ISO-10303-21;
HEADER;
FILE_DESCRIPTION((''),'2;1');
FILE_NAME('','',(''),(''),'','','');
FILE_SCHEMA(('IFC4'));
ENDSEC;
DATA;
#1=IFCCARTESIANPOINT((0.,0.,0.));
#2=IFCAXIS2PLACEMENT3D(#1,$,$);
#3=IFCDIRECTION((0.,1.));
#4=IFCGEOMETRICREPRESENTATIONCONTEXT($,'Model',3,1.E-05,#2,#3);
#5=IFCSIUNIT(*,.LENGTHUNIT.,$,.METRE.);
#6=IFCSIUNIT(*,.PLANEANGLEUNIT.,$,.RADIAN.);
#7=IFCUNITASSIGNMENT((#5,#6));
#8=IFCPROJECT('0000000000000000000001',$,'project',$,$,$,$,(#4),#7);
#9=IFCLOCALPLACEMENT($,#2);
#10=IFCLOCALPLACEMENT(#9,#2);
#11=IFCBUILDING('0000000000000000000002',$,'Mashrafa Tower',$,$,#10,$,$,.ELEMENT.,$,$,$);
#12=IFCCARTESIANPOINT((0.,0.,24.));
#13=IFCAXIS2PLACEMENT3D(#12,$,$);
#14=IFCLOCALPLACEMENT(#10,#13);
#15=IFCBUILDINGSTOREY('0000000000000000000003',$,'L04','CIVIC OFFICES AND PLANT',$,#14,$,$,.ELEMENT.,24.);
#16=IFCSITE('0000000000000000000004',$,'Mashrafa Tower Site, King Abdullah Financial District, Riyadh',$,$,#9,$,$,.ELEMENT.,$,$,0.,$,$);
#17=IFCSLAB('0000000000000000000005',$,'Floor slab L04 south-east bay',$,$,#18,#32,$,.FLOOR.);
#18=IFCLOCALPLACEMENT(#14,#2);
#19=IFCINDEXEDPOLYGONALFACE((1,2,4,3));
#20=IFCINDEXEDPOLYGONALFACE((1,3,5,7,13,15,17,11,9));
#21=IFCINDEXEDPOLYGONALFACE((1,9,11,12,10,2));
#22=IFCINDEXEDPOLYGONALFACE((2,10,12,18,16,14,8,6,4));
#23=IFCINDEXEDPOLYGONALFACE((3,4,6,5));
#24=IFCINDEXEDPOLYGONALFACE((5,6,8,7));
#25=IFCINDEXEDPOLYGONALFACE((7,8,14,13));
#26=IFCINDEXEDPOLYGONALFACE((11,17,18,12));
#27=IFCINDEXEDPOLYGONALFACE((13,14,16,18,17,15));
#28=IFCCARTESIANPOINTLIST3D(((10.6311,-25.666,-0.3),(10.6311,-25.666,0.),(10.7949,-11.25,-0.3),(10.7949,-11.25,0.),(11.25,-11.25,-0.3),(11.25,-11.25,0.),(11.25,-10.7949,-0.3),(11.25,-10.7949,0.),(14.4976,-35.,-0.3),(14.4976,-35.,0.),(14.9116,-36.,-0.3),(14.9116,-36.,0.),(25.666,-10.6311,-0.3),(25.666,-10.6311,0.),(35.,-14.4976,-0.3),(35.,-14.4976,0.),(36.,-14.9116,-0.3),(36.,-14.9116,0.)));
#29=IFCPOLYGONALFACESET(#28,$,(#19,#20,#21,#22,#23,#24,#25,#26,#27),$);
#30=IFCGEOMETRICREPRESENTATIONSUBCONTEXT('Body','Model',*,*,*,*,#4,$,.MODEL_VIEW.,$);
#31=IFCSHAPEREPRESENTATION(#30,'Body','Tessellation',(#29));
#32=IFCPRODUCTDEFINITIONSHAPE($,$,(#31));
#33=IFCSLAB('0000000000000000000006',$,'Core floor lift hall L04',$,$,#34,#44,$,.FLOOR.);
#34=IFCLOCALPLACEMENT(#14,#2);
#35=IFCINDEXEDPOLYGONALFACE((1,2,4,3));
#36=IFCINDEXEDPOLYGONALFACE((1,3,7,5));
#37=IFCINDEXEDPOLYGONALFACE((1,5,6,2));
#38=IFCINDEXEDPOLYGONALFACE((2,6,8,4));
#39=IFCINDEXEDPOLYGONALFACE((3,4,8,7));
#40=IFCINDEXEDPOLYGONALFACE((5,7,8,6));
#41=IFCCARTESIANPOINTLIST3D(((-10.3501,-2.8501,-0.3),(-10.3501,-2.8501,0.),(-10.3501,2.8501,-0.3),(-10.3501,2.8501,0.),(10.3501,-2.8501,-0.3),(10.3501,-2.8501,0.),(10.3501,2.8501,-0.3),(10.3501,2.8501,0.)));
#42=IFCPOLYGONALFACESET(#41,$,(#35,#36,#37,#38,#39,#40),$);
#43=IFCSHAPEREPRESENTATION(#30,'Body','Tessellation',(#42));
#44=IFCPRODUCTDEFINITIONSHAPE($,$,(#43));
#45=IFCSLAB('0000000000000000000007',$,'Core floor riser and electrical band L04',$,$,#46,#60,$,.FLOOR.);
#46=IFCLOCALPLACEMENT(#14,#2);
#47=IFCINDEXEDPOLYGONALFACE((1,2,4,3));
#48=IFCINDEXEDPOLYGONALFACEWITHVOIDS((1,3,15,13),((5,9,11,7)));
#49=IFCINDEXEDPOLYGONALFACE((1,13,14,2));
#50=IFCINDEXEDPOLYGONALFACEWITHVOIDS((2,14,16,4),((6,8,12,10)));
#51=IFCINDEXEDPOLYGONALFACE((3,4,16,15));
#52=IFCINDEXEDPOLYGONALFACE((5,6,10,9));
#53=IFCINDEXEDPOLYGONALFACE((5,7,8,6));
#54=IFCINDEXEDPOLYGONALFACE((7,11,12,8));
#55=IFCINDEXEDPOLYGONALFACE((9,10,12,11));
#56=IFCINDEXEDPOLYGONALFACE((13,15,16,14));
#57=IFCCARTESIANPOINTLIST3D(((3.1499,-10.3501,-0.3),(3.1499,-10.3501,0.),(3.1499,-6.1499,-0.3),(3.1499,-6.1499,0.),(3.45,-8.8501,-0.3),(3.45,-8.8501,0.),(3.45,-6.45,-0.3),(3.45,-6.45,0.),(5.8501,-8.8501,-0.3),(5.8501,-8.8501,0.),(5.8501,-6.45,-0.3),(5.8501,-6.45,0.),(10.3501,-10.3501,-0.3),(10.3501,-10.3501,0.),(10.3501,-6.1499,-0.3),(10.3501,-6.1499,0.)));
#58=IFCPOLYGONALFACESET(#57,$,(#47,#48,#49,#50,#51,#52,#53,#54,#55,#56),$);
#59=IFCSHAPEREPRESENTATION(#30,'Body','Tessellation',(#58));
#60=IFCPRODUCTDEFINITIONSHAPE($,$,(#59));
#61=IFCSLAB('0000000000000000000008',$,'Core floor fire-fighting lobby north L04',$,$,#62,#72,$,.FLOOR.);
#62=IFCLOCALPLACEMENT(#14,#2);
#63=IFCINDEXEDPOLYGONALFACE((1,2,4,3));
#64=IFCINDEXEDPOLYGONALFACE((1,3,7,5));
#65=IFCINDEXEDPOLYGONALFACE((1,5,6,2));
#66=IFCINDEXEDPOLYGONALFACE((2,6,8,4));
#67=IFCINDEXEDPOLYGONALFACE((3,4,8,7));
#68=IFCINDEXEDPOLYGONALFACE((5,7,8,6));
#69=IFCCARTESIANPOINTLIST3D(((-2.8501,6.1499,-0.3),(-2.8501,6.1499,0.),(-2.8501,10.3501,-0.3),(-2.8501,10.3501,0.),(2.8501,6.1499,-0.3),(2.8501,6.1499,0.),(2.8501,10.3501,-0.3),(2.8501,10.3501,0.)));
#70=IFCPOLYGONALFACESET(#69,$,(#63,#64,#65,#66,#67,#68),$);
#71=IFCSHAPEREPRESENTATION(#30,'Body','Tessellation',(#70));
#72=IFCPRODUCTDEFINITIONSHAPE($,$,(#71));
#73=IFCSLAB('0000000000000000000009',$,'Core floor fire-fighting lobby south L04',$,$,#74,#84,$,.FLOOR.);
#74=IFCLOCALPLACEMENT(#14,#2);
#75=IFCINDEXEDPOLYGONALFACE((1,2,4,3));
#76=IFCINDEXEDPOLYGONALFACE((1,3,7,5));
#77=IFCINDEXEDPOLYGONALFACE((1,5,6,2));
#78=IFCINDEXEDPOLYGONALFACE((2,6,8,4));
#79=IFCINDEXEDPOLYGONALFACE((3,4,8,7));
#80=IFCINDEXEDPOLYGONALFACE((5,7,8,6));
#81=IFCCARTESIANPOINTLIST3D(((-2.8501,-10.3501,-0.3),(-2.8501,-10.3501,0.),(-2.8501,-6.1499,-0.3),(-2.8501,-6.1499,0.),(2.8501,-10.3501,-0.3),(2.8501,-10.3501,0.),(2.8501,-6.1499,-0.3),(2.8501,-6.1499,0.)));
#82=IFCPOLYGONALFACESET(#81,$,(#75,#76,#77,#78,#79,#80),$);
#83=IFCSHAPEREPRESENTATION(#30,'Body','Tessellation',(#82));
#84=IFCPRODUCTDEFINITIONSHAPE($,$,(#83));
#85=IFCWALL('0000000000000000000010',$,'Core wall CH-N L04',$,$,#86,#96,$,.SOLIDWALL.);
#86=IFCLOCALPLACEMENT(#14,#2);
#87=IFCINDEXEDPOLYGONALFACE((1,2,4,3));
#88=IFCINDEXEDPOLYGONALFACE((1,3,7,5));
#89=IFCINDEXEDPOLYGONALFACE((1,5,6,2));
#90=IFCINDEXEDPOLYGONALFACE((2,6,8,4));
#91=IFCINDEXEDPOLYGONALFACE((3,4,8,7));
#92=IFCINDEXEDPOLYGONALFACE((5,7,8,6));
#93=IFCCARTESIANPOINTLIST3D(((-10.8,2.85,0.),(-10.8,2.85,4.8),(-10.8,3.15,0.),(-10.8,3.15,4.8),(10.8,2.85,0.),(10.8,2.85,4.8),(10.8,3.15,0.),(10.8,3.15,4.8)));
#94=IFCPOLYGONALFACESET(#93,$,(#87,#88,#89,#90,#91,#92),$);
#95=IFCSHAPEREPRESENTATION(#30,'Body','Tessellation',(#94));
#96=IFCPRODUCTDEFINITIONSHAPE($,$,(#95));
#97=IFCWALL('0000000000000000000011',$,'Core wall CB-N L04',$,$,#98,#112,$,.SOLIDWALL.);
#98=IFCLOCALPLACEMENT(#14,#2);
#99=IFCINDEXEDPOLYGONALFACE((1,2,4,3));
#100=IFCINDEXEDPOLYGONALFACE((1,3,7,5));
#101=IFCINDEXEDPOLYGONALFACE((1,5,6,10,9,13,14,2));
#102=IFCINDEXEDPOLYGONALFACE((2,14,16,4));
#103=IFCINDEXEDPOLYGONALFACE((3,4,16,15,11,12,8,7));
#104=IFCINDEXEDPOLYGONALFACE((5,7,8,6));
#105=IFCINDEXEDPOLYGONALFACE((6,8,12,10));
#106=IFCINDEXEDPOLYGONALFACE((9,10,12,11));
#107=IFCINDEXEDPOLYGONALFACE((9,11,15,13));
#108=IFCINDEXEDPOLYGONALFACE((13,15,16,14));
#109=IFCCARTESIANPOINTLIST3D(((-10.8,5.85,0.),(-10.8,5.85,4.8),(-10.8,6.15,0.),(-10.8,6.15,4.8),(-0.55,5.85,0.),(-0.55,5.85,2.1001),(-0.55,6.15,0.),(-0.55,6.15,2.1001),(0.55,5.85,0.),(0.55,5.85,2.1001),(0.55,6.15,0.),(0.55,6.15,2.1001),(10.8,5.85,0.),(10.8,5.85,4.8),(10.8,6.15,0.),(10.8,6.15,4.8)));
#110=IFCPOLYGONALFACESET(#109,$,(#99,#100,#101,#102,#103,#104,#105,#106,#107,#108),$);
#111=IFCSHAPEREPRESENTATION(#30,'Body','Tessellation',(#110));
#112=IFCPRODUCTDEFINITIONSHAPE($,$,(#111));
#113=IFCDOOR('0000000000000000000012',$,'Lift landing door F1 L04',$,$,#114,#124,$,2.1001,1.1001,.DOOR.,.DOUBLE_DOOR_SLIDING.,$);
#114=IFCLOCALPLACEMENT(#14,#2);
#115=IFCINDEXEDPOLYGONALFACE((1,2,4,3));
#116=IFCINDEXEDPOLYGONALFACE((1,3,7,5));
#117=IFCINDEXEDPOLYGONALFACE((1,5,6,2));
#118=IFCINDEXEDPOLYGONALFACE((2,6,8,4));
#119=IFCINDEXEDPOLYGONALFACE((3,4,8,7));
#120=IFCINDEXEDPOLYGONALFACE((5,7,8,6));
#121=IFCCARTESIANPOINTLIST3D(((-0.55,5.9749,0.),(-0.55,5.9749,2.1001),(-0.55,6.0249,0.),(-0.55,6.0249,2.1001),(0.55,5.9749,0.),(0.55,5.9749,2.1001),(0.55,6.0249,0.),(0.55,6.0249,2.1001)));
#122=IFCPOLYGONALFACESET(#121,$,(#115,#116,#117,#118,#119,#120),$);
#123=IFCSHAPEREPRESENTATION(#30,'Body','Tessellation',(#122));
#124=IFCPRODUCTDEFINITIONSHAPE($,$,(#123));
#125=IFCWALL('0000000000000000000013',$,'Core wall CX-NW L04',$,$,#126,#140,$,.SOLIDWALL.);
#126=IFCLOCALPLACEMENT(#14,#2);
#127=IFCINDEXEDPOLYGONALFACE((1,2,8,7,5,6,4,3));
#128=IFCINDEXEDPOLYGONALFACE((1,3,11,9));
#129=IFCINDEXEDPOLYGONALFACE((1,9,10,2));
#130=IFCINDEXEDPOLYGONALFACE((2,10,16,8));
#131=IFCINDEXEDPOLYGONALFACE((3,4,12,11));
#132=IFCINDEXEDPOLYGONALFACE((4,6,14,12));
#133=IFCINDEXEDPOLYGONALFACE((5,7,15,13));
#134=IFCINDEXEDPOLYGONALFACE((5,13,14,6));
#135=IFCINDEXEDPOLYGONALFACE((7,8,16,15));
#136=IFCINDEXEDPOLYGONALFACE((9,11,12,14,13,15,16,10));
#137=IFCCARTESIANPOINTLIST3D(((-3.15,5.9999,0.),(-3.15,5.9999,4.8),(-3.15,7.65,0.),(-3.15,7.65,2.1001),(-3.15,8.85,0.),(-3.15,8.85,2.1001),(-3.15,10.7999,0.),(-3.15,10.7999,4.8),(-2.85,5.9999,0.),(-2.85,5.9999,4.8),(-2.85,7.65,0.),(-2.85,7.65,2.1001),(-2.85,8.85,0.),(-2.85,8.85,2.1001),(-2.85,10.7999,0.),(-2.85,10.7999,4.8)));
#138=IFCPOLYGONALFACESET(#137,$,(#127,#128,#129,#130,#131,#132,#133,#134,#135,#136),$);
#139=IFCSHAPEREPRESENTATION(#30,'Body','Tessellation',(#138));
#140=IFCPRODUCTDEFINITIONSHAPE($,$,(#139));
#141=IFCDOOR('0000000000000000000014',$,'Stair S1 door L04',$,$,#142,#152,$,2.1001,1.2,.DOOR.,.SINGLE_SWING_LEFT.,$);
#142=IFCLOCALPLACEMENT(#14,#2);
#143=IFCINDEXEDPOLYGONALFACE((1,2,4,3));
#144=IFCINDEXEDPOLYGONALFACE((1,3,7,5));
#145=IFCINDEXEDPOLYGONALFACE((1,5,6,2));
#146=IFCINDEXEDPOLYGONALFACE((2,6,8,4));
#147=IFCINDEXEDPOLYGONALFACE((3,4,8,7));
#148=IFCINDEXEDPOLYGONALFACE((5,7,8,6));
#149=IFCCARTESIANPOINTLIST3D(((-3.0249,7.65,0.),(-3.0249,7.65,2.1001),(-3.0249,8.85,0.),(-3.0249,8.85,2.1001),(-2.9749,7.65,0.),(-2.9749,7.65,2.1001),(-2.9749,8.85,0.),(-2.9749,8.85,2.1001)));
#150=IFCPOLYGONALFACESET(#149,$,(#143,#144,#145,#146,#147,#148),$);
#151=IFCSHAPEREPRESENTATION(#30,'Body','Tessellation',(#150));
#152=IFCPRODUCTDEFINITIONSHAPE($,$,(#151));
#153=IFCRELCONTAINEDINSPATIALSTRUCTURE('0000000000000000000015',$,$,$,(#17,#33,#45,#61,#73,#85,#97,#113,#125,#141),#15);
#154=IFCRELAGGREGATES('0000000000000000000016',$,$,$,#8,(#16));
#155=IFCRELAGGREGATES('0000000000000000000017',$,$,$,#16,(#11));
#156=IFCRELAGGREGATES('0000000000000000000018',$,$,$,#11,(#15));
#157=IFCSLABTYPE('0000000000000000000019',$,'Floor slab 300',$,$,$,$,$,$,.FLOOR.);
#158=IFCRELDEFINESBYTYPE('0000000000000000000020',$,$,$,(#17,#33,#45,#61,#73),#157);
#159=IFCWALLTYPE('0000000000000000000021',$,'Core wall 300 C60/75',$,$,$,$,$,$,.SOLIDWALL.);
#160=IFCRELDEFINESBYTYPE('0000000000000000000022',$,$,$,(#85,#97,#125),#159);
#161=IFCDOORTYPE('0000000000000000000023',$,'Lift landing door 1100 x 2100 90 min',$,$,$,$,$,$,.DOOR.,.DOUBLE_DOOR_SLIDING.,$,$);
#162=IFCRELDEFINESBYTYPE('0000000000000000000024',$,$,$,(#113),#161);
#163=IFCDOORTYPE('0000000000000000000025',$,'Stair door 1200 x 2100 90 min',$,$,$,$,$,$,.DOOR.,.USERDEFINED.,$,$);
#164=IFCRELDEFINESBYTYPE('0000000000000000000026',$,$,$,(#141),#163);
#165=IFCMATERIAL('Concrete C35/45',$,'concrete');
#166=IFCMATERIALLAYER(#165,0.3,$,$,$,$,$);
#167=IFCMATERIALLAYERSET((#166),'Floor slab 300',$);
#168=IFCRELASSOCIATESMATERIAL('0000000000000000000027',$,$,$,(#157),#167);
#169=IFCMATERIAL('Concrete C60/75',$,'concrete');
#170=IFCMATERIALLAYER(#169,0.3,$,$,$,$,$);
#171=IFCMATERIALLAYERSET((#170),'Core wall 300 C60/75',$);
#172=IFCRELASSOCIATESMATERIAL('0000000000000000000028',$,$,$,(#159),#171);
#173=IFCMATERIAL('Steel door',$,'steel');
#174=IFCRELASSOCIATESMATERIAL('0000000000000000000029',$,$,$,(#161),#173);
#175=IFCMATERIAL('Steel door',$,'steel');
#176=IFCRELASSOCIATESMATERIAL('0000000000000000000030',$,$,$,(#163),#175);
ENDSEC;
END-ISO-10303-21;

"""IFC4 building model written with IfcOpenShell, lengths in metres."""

from ifc_helpers import new_model, si_unit, direction, frame, frame_2d, origin, place, context, subcontext, project, spatial, polyline, rectangle, outline, extrude, material, layer, layer_set, type_object, element, fill, save


model = new_model("IFC4")

# Units and contexts
model_context = context("Model", 3, precision=1e-05, world=origin(), true_north=direction((0.0, 1.0)))
body_context = subcontext(model_context, "Body", "Model", "MODEL_VIEW")
ifc_project = project(units=[si_unit("LENGTHUNIT", "METRE"), si_unit("PLANEANGLEUNIT", "RADIAN")], contexts=[model_context])

# Site, building, storey
site_placement = place(None, origin())
site = spatial("IfcSite", under=ifc_project, at=site_placement, Name="Mashrafa Tower Site, King Abdullah Financial District, Riyadh", CompositionType="ELEMENT", RefElevation=0.0)
building_placement = place(site_placement, origin())
building = spatial("IfcBuilding", under=site, at=building_placement, Name="Mashrafa Tower", CompositionType="ELEMENT")
storey_placement = place(building_placement, frame((0.0, 0.0, 24.0)))
storey = spatial("IfcBuildingStorey", under=building, at=storey_placement, Name="L04", Description="CIVIC OFFICES AND PLANT", CompositionType="ELEMENT", Elevation=24.0)

# Slabs
ifc_material_1 = material(Name="Concrete C35/45", Category="concrete")
ifc_layer_1 = layer(ifc_material_1, 0.3)
ifc_layer_set_1 = layer_set([ifc_layer_1], Name="Floor slab 300")
slab_type = type_object("IfcSlabType", Name="Floor slab 300", PredefinedType="FLOOR", material=ifc_layer_set_1)
slab_1_placement = place(storey_placement, frame((0.0, 0.0, -0.3)))
element("IfcSlab", 1, at=slab_1_placement, inside=storey, type_object=slab_type, Name="Floor slab L04 south-east bay", PredefinedType="FLOOR", context=body_context, shape_type="SweptSolid", body=[
    extrude(outline(polyline([(14.9116, -36.0), (14.4976, -35.0), (10.6311, -25.666), (10.7949, -11.25), (11.25, -11.25), (11.25, -10.7949), (25.666, -10.6311), (35.0, -14.4976), (36.0, -14.9116), (14.9116, -36.0)])), origin(), (0.0, 0.0, 1.0), 0.3),
])
slab_2_placement = place(storey_placement, frame((0.0, 0.0, -0.3)))
element("IfcSlab", 2, at=slab_2_placement, inside=storey, type_object=slab_type, Name="Core floor lift hall L04", PredefinedType="FLOOR", context=body_context, shape_type="SweptSolid", body=[
    extrude(outline(polyline([(-10.3501, 2.8501), (10.3501, 2.8501), (10.3501, -2.8501), (-10.3501, -2.8501), (-10.3501, 2.8501)])), origin(), (0.0, 0.0, 1.0), 0.3),
])
slab_3_placement = place(storey_placement, frame((0.0, 0.0, -0.3)))
element("IfcSlab", 3, at=slab_3_placement, inside=storey, type_object=slab_type, Name="Core floor riser and electrical band L04", PredefinedType="FLOOR", context=body_context, shape_type="SweptSolid", body=[
    extrude(outline(polyline([(10.3501, -6.1499), (10.3501, -10.3501), (3.1499, -10.3501), (3.1499, -6.1499), (10.3501, -6.1499)]), holes=[polyline([(3.45, -8.8501), (5.8501, -8.8501), (5.8501, -6.45), (3.45, -6.45), (3.45, -8.8501)])]), origin(), (0.0, 0.0, 1.0), 0.3),
])
slab_4_placement = place(storey_placement, frame((0.0, 0.0, -0.3)))
element("IfcSlab", 4, at=slab_4_placement, inside=storey, type_object=slab_type, Name="Core floor fire-fighting lobby north L04", PredefinedType="FLOOR", context=body_context, shape_type="SweptSolid", body=[
    extrude(outline(polyline([(-2.8501, 10.3501), (2.8501, 10.3501), (2.8501, 6.1499), (-2.8501, 6.1499), (-2.8501, 10.3501)])), origin(), (0.0, 0.0, 1.0), 0.3),
])
slab_5_placement = place(storey_placement, frame((0.0, 0.0, -0.3)))
element("IfcSlab", 5, at=slab_5_placement, inside=storey, type_object=slab_type, Name="Core floor fire-fighting lobby south L04", PredefinedType="FLOOR", context=body_context, shape_type="SweptSolid", body=[
    extrude(outline(polyline([(2.8501, -6.1499), (2.8501, -10.3501), (-2.8501, -10.3501), (-2.8501, -6.1499), (2.8501, -6.1499)])), origin(), (0.0, 0.0, 1.0), 0.3),
])

# Wall
ifc_material_2 = material(Name="Concrete C60/75", Category="concrete")
ifc_layer_2 = layer(ifc_material_2, 0.3)
ifc_layer_set_2 = layer_set([ifc_layer_2], Name="Core wall 300 C60/75")
wall_type_1 = type_object("IfcWallType", Name="Core wall 300 C60/75", PredefinedType="SOLIDWALL", material=ifc_layer_set_2)
wall_1_placement = place(storey_placement, frame((-10.8, 3.0, 0.0), z_axis=(0.0, 0.0, 1.0), x_axis=(1.0, 0.0, 0.0)))
element("IfcWall", 6, at=wall_1_placement, inside=storey, type_object=wall_type_1, Name="Core wall CH-N L04", PredefinedType="SOLIDWALL", context=body_context, shape_type="SweptSolid", body=[
    extrude(rectangle(XDim=21.6001, YDim=0.3, at=frame_2d((10.8, 0.0))), origin(), (0.0, 0.0, 1.0), 4.8),
])

# Walls, openings, doors
wall_2_placement = place(storey_placement, frame((-10.8, 6.0, 0.0), z_axis=(0.0, 0.0, 1.0), x_axis=(1.0, 0.0, 0.0)))
wall_2 = element("IfcWall", 7, at=wall_2_placement, inside=storey, type_object=wall_type_1, Name="Core wall CB-N L04", PredefinedType="SOLIDWALL", context=body_context, shape_type="SweptSolid", body=[
    extrude(rectangle(XDim=21.6001, YDim=0.3, at=frame_2d((10.8, 0.0))), origin(), (0.0, 0.0, 1.0), 4.8),
])
opening_1_placement = place(wall_2_placement, frame((10.25, 0.0, 0.0)))
opening_1 = element("IfcOpeningElement", 8, at=opening_1_placement, cuts=wall_2, PredefinedType="OPENING", context=body_context, shape_type="SweptSolid", body=[
    extrude(rectangle(XDim=1.1001, YDim=2.1001, at=frame_2d((0.55, 1.05))), frame((0.0, 0.1599, 0.0), z_axis=(0.0, -1.0, 0.0), x_axis=(1.0, 0.0, 0.0)), (0.0, 0.0, 1.0), 0.3201),
])
ifc_material_3 = material(Name="Steel door", Category="steel")
door_type_1 = type_object("IfcDoorType", Name="Lift landing door 1100 x 2100 90 min", OperationType="DOUBLE_DOOR_SLIDING", PredefinedType="DOOR", material=ifc_material_3)
door_1_placement = place(opening_1_placement, origin())
door_1 = element("IfcDoor", 9, at=door_1_placement, inside=storey, type_object=door_type_1, Name="Lift landing door F1 L04", OperationType="DOUBLE_DOOR_SLIDING", OverallHeight=2.1001, OverallWidth=1.1001, PredefinedType="DOOR", context=body_context, shape_type="SweptSolid", body=[
    extrude(rectangle(XDim=1.1001, YDim=2.1001, at=frame_2d((0.55, 1.05))), frame((0.0, 0.0249, 0.0), z_axis=(0.0, -1.0, 0.0), x_axis=(1.0, 0.0, 0.0)), (0.0, 0.0, 1.0), 0.05),
])
fill(opening_1, door_1)
wall_3_placement = place(storey_placement, frame((-3.0, 6.0, 0.0), z_axis=(0.0, 0.0, 1.0), x_axis=(0.0, 1.0, 0.0)))
wall_3 = element("IfcWall", 10, at=wall_3_placement, inside=storey, type_object=wall_type_1, Name="Core wall CX-NW L04", PredefinedType="SOLIDWALL", context=body_context, shape_type="SweptSolid", body=[
    extrude(rectangle(XDim=4.8, YDim=0.3, at=frame_2d((2.3999, 0.0))), origin(), (0.0, 0.0, 1.0), 4.8),
])
opening_2_placement = place(wall_3_placement, frame((1.6499, 0.0, 0.0)))
opening_2 = element("IfcOpeningElement", 11, at=opening_2_placement, cuts=wall_3, PredefinedType="OPENING", context=body_context, shape_type="SweptSolid", body=[
    extrude(rectangle(XDim=1.2, YDim=2.1001, at=frame_2d((0.6001, 1.05))), frame((0.0, 0.1599, 0.0), z_axis=(0.0, -1.0, 0.0), x_axis=(1.0, 0.0, 0.0)), (0.0, 0.0, 1.0), 0.3201),
])
ifc_material_4 = material(Name="Steel door", Category="steel")
door_type_2 = type_object("IfcDoorType", Name="Stair door 1200 x 2100 90 min", OperationType="USERDEFINED", PredefinedType="DOOR", material=ifc_material_4)
door_2_placement = place(opening_2_placement, origin())
door_2 = element("IfcDoor", 12, at=door_2_placement, inside=storey, type_object=door_type_2, Name="Stair S1 door L04", OperationType="SINGLE_SWING_LEFT", OverallHeight=2.1001, OverallWidth=1.2, PredefinedType="DOOR", context=body_context, shape_type="SweptSolid", body=[
    extrude(rectangle(XDim=1.2, YDim=2.1001, at=frame_2d((0.6001, 1.05))), frame((0.0, 0.0249, 0.0), z_axis=(0.0, -1.0, 0.0), x_axis=(1.0, 0.0, 0.0)), (0.0, 0.0, 1.0), 0.05),
])
fill(opening_2, door_2)

save(model, "model.ifc")
